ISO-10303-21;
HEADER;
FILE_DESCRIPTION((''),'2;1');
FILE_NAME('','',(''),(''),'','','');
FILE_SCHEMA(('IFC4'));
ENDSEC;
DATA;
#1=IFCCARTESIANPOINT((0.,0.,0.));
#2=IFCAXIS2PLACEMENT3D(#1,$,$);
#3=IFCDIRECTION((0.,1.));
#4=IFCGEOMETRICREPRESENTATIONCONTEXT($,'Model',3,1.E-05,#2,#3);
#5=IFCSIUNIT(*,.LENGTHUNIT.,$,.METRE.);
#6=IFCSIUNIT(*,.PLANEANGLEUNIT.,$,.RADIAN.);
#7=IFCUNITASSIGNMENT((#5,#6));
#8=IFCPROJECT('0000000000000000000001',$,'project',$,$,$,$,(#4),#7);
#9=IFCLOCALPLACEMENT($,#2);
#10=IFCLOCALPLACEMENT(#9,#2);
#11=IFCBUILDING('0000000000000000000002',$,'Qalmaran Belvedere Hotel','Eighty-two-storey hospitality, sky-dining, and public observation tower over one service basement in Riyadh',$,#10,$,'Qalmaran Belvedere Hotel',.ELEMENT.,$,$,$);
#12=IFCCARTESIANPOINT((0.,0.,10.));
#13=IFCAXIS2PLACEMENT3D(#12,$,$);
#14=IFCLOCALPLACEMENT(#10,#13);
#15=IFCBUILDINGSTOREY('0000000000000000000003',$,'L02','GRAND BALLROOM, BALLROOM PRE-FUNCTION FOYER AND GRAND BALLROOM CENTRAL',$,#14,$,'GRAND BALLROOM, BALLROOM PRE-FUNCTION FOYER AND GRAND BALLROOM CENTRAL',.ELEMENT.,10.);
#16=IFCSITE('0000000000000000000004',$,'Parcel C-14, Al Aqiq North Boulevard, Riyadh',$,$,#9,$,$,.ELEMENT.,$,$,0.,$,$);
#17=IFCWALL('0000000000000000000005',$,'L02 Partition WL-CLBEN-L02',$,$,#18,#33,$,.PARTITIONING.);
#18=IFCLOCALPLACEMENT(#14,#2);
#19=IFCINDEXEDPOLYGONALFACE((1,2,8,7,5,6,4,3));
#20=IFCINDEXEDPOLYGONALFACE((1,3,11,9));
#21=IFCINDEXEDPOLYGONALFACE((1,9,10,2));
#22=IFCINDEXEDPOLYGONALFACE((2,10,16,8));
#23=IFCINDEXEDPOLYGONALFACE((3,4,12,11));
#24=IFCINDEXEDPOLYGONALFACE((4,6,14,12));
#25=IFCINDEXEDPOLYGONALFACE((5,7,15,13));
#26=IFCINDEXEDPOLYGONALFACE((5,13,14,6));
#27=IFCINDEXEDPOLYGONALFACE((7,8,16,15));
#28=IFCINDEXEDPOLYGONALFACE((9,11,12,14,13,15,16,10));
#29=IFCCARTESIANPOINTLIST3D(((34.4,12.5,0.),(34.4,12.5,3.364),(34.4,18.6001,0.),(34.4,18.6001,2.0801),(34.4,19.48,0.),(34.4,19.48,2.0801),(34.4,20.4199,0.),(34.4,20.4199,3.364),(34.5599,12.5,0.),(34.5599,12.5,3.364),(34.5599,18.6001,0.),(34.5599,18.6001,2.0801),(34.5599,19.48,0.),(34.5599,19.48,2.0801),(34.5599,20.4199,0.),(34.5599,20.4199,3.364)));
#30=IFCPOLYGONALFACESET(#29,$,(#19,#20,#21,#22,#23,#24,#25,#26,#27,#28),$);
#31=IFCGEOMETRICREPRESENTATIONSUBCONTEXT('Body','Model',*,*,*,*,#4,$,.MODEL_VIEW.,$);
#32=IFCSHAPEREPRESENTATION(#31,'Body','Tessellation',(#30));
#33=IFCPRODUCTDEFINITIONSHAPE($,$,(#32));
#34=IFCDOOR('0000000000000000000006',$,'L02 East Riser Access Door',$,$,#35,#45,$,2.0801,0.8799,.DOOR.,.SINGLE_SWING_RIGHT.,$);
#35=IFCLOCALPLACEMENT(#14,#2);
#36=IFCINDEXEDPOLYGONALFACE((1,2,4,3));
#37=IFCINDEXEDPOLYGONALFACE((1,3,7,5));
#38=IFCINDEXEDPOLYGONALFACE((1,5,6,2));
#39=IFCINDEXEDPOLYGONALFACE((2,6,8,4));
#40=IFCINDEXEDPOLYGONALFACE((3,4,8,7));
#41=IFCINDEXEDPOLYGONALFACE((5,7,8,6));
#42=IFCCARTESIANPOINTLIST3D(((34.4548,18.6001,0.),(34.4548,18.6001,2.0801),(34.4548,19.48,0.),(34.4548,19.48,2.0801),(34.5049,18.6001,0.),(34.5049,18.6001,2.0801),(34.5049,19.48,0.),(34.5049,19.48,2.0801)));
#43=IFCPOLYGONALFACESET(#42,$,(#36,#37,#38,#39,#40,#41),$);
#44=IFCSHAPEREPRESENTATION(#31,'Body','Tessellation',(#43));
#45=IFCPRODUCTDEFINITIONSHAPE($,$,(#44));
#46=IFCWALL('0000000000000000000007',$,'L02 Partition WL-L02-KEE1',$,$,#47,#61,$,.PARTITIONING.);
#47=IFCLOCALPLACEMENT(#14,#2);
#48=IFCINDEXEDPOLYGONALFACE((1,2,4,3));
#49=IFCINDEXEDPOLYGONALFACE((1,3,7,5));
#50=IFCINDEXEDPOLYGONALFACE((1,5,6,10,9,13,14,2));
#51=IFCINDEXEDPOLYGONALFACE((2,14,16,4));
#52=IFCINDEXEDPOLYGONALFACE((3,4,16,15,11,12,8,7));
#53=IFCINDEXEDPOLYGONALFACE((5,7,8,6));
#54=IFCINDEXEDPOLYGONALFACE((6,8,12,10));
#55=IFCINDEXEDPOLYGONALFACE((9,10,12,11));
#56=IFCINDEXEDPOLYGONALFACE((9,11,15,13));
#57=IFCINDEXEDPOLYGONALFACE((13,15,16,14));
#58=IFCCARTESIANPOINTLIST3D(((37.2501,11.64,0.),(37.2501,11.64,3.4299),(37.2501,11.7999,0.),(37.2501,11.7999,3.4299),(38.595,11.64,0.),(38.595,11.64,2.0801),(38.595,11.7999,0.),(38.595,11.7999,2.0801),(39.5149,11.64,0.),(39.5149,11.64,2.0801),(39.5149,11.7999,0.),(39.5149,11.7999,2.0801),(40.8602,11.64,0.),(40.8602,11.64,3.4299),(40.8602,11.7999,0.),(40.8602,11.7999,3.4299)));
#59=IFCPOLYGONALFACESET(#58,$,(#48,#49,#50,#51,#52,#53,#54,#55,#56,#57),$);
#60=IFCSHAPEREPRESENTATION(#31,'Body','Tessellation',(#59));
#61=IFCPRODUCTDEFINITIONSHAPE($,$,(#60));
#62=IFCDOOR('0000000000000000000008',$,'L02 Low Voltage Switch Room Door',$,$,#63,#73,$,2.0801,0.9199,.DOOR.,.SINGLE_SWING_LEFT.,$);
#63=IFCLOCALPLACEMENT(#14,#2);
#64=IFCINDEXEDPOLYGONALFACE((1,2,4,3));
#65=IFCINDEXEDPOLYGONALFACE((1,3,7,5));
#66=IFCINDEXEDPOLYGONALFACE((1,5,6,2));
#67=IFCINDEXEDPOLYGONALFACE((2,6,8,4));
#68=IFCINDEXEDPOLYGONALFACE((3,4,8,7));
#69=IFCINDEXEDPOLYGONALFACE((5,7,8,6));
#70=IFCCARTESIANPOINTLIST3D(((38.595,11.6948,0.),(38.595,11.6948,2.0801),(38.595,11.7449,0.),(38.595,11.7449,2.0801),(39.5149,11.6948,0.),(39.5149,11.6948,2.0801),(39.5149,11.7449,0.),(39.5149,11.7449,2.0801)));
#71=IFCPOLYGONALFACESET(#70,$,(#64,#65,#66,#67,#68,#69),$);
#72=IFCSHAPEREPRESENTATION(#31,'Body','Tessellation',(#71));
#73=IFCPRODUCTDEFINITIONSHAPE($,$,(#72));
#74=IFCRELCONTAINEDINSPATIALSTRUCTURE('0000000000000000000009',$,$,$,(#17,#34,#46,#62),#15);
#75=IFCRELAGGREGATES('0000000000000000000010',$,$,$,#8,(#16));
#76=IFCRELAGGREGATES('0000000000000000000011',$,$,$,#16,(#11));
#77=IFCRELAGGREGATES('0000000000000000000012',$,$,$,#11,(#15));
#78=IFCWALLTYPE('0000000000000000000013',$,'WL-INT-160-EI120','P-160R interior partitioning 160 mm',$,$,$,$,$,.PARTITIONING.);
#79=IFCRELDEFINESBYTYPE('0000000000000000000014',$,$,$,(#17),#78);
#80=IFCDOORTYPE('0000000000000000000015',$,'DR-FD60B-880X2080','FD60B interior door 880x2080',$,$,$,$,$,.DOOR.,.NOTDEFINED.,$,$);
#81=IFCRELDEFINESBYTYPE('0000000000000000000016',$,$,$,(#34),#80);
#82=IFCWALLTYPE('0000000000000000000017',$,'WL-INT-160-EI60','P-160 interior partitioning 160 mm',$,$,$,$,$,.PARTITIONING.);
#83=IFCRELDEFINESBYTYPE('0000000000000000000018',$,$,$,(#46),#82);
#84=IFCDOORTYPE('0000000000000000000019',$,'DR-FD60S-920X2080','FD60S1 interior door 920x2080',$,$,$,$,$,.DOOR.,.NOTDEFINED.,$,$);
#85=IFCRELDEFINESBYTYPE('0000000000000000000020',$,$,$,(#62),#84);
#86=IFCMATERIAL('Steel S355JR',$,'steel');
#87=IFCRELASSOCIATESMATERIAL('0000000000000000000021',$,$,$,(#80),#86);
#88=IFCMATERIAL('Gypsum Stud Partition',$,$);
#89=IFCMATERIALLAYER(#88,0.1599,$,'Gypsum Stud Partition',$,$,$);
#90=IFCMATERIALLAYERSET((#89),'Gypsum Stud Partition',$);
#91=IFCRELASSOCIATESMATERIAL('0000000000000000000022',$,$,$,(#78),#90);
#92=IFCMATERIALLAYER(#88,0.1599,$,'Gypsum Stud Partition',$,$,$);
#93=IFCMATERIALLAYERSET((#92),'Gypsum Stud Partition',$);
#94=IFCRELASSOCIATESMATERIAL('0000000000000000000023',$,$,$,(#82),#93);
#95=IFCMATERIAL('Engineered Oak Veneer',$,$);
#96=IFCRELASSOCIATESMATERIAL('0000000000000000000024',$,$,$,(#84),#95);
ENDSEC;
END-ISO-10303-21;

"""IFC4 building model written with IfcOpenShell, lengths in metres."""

from ifc_helpers import new_model, si_unit, direction, frame, frame_2d, origin, place, context, subcontext, project, spatial, rectangle, extrude, material, layer, layer_set, type_object, element, fill, save


model = new_model("IFC4")

# Units and contexts
model_context = context("Model", 3, precision=1e-05, world=origin(), true_north=direction((0.0, 1.0)))
body_context = subcontext(model_context, "Body", "Model", "MODEL_VIEW")
ifc_project = project(units=[si_unit("LENGTHUNIT", "METRE"), si_unit("PLANEANGLEUNIT", "RADIAN")], contexts=[model_context])

# Site, building, storey
site_placement = place(None, origin())
site = spatial("IfcSite", under=ifc_project, at=site_placement, Name="Parcel C-14, Al Aqiq North Boulevard, Riyadh", CompositionType="ELEMENT", RefElevation=0.0)
building_placement = place(site_placement, origin())
building = spatial("IfcBuilding", under=site, at=building_placement, Name="Qalmaran Belvedere Hotel", Description="Eighty-two-storey hospitality, sky-dining, and public observation tower over one service basement in Riyadh", LongName="Qalmaran Belvedere Hotel", CompositionType="ELEMENT")
storey_placement = place(building_placement, frame((0.0, 0.0, 10.0)))
storey = spatial("IfcBuildingStorey", under=building, at=storey_placement, Name="L02", Description="GRAND BALLROOM, BALLROOM PRE-FUNCTION FOYER AND GRAND BALLROOM CENTRAL", LongName="GRAND BALLROOM, BALLROOM PRE-FUNCTION FOYER AND GRAND BALLROOM CENTRAL", CompositionType="ELEMENT", Elevation=10.0)

# Shared definitions
ifc_material_1 = material(Name="Gypsum Stud Partition")

# Shared definitions
ifc_material_2 = material(Name="Steel S355JR", Category="steel")
door_type_1 = type_object("IfcDoorType", Name="DR-FD60B-880X2080", Description="FD60B interior door 880x2080", OperationType="NOTDEFINED", PredefinedType="DOOR", material=ifc_material_2)

# Shared definitions
ifc_layer_1 = layer(ifc_material_1, 0.1599, Name="Gypsum Stud Partition")
ifc_layer_set_1 = layer_set([ifc_layer_1], Name="Gypsum Stud Partition")
wall_type_1 = type_object("IfcWallType", Name="WL-INT-160-EI120", Description="P-160R interior partitioning 160 mm", PredefinedType="PARTITIONING", material=ifc_layer_set_1)

# Walls, openings, doors
wall_1_placement = place(storey_placement, frame((34.48, 12.5, 0.0), z_axis=(0.0, 0.0, 1.0), x_axis=(0.0, 1.0, 0.0)))
wall_1 = element("IfcWall", 1, at=wall_1_placement, inside=storey, type_object=wall_type_1, Name="L02 Partition WL-CLBEN-L02", PredefinedType="PARTITIONING", context=body_context, shape_type="SweptSolid", body=[
    extrude(rectangle(XDim=7.9199, YDim=0.1599, at=frame_2d((3.96, 0.0))), origin(), (0.0, 0.0, 1.0), 3.364),
])
opening_1_placement = place(wall_1_placement, frame((6.98, 0.0, 0.0), z_axis=(0.0, 0.0, 1.0), x_axis=(-1.0, 0.0, 0.0)))
opening_1 = element("IfcOpeningElement", 2, at=opening_1_placement, cuts=wall_1, PredefinedType="OPENING", context=body_context, shape_type="SweptSolid", body=[
    extrude(rectangle(XDim=0.8799, YDim=2.0801, at=frame_2d((0.4399, 1.04))), frame((0.0, 0.0898, 0.0), z_axis=(0.0, -1.0, 0.0), x_axis=(1.0, 0.0, 0.0)), (0.0, 0.0, 1.0), 0.1799),
])
door_1_placement = place(opening_1_placement, origin())
door_1 = element("IfcDoor", 3, at=door_1_placement, inside=storey, type_object=door_type_1, Name="L02 East Riser Access Door", OperationType="SINGLE_SWING_RIGHT", OverallHeight=2.0801, OverallWidth=0.8799, PredefinedType="DOOR", context=body_context, shape_type="SweptSolid", body=[
    extrude(rectangle(XDim=0.8799, YDim=2.0801, at=frame_2d((0.4399, 1.04))), frame((0.0, 0.0249, 0.0), z_axis=(0.0, -1.0, 0.0), x_axis=(1.0, 0.0, 0.0)), (0.0, 0.0, 1.0), 0.05),
])
fill(opening_1, door_1)
ifc_layer_2 = layer(ifc_material_1, 0.1599, Name="Gypsum Stud Partition")
ifc_layer_set_2 = layer_set([ifc_layer_2], Name="Gypsum Stud Partition")
wall_type_2 = type_object("IfcWallType", Name="WL-INT-160-EI60", Description="P-160 interior partitioning 160 mm", PredefinedType="PARTITIONING", material=ifc_layer_set_2)
wall_2_placement = place(storey_placement, frame((37.25, 11.72, 0.0), z_axis=(0.0, 0.0, 1.0), x_axis=(1.0, 0.0, 0.0)))
wall_2 = element("IfcWall", 4, at=wall_2_placement, inside=storey, type_object=wall_type_2, Name="L02 Partition WL-L02-KEE1", PredefinedType="PARTITIONING", context=body_context, shape_type="SweptSolid", body=[
    extrude(rectangle(XDim=3.6101, YDim=0.1599, at=frame_2d((1.8052, 0.0))), origin(), (0.0, 0.0, 1.0), 3.4299),
])
opening_2_placement = place(wall_2_placement, frame((1.345, 0.0, 0.0)))
opening_2 = element("IfcOpeningElement", 5, at=opening_2_placement, cuts=wall_2, PredefinedType="OPENING", context=body_context, shape_type="SweptSolid", body=[
    extrude(rectangle(XDim=0.9199, YDim=2.0801, at=frame_2d((0.46, 1.04))), frame((0.0, 0.0898, 0.0), z_axis=(0.0, -1.0, 0.0), x_axis=(1.0, 0.0, 0.0)), (0.0, 0.0, 1.0), 0.1799),
])
ifc_material_3 = material(Name="Engineered Oak Veneer")
door_type_2 = type_object("IfcDoorType", Name="DR-FD60S-920X2080", Description="FD60S1 interior door 920x2080", OperationType="NOTDEFINED", PredefinedType="DOOR", material=ifc_material_3)
door_2_placement = place(opening_2_placement, origin())
door_2 = element("IfcDoor", 6, at=door_2_placement, inside=storey, type_object=door_type_2, Name="L02 Low Voltage Switch Room Door", OperationType="SINGLE_SWING_LEFT", OverallHeight=2.0801, OverallWidth=0.9199, PredefinedType="DOOR", context=body_context, shape_type="SweptSolid", body=[
    extrude(rectangle(XDim=0.9199, YDim=2.0801, at=frame_2d((0.46, 1.04))), frame((0.0, 0.0249, 0.0), z_axis=(0.0, -1.0, 0.0), x_axis=(1.0, 0.0, 0.0)), (0.0, 0.0, 1.0), 0.05),
])
fill(opening_2, door_2)

save(model, "model.ifc")
